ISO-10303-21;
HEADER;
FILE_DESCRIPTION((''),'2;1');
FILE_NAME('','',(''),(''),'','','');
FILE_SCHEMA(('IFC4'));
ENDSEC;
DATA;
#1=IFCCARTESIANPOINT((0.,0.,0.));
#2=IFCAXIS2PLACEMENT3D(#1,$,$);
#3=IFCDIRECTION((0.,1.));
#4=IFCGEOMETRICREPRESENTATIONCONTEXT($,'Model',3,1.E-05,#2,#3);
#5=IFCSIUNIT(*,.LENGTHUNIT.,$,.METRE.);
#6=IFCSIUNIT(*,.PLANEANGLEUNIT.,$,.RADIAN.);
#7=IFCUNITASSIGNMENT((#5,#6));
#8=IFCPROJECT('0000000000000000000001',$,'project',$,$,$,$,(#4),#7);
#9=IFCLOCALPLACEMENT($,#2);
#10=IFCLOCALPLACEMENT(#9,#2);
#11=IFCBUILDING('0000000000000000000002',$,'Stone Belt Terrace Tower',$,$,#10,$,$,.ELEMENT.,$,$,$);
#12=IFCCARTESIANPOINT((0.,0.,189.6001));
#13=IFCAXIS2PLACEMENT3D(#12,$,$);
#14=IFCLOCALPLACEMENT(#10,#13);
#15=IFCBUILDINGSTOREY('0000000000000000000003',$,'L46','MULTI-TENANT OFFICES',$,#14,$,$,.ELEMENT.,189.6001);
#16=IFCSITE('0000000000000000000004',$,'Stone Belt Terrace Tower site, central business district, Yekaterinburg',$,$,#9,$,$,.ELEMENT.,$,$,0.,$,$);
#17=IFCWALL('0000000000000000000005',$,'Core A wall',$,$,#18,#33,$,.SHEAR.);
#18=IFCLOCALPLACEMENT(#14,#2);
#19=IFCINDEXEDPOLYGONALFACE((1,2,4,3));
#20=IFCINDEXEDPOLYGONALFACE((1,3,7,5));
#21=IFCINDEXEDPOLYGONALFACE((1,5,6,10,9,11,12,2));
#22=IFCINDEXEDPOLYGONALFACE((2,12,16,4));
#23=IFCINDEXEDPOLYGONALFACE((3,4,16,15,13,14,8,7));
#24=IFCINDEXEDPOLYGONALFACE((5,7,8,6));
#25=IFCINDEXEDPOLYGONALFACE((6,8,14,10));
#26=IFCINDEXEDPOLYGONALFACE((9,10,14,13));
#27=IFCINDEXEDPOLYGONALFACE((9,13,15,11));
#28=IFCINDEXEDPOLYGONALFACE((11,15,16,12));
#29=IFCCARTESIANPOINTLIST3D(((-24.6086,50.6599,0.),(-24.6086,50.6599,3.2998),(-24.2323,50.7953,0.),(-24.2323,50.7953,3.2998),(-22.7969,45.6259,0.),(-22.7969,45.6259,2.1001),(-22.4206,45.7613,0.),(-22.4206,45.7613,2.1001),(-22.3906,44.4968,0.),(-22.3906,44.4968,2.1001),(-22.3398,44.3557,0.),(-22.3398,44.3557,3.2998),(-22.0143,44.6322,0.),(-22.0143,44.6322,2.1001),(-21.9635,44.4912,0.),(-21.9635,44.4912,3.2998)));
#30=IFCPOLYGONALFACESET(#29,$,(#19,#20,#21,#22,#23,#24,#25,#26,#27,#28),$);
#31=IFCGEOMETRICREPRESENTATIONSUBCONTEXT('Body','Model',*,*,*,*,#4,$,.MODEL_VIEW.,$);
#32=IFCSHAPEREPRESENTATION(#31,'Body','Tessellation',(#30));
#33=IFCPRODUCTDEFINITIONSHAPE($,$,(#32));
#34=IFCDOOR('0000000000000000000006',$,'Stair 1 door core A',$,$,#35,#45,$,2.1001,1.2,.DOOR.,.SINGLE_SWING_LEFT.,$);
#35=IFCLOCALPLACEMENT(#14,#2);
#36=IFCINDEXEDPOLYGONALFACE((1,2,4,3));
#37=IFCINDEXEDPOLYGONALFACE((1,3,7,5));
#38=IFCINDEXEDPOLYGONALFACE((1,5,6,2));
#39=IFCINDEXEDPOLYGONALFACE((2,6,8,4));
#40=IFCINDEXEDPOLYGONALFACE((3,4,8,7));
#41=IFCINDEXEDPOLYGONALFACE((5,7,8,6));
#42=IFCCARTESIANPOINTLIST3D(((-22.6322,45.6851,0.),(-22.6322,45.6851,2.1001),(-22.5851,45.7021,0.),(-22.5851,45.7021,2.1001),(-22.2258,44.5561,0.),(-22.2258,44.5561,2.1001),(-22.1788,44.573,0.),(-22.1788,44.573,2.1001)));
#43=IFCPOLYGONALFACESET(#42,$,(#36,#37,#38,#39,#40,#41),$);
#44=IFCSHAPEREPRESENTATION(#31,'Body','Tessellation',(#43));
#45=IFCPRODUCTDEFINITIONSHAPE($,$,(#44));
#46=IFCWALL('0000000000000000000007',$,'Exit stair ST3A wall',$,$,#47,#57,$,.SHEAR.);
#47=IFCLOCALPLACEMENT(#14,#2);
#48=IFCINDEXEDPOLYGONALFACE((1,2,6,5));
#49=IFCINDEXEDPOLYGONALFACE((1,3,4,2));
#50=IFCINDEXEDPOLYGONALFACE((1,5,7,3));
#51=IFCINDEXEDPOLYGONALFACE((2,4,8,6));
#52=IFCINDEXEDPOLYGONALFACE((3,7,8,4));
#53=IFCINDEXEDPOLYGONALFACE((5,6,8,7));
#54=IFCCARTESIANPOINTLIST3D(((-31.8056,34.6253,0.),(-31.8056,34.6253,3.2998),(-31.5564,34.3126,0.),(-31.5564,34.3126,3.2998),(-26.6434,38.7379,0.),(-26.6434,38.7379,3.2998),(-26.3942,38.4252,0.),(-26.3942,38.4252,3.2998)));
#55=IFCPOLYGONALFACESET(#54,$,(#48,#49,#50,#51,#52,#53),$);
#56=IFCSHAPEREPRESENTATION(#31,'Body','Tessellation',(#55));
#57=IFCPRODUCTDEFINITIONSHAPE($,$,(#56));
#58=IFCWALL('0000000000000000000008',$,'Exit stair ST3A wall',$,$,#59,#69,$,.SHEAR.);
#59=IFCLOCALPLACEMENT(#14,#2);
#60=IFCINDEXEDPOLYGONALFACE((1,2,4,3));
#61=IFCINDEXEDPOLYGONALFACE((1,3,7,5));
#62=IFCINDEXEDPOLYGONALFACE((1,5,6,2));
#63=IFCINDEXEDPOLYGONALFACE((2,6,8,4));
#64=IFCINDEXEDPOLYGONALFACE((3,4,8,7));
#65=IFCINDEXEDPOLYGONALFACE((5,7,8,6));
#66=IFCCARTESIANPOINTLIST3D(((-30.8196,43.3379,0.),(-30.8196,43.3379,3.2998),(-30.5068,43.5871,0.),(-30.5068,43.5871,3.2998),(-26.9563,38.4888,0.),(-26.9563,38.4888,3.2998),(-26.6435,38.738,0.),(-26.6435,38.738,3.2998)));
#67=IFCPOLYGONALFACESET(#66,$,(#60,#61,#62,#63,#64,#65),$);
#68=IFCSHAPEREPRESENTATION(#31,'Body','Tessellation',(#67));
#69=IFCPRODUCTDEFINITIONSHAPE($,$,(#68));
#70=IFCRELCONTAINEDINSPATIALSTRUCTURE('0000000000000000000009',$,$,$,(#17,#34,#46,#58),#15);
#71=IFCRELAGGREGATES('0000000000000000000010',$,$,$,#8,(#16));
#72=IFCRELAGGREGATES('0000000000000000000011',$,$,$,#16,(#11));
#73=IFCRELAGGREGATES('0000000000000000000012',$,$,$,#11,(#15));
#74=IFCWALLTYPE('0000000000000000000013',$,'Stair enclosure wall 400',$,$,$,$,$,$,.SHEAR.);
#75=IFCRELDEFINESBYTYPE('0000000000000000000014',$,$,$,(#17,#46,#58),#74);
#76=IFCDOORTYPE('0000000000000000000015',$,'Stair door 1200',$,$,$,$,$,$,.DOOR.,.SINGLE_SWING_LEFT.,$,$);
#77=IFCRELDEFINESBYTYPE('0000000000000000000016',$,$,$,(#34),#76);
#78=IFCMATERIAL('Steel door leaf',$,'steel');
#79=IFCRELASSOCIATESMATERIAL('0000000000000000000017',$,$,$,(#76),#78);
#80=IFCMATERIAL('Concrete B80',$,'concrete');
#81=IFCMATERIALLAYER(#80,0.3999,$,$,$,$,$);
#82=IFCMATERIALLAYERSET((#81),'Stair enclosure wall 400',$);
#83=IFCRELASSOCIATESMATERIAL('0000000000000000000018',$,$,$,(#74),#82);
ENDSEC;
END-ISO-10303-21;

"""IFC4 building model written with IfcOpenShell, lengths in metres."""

from ifc_helpers import new_model, si_unit, direction, frame, frame_2d, origin, place, context, subcontext, project, spatial, rectangle, extrude, material, layer, layer_set, type_object, element, fill, save


model = new_model("IFC4")

# Units and contexts
model_context = context("Model", 3, precision=1e-05, world=origin(), true_north=direction((0.0, 1.0)))
body_context = subcontext(model_context, "Body", "Model", "MODEL_VIEW")
ifc_project = project(units=[si_unit("LENGTHUNIT", "METRE"), si_unit("PLANEANGLEUNIT", "RADIAN")], contexts=[model_context])

# Site, building, storey
site_placement = place(None, origin())
site = spatial("IfcSite", under=ifc_project, at=site_placement, Name="Stone Belt Terrace Tower site, central business district, Yekaterinburg", CompositionType="ELEMENT", RefElevation=0.0)
building_placement = place(site_placement, origin())
building = spatial("IfcBuilding", under=site, at=building_placement, Name="Stone Belt Terrace Tower", CompositionType="ELEMENT")
storey_placement = place(building_placement, frame((0.0, 0.0, 189.6001)))
storey = spatial("IfcBuildingStorey", under=building, at=storey_placement, Name="L46", Description="MULTI-TENANT OFFICES", CompositionType="ELEMENT", Elevation=189.6001)

# Shared definitions
ifc_material_1 = material(Name="Concrete B80", Category="concrete")

# Shared definitions
ifc_material_2 = material(Name="Steel door leaf", Category="steel")
door_type_1 = type_object("IfcDoorType", Name="Stair door 1200", OperationType="SINGLE_SWING_LEFT", PredefinedType="DOOR", material=ifc_material_2)

# Wall, opening, door
ifc_layer_1 = layer(ifc_material_1, 0.3999)
ifc_layer_set_1 = layer_set([ifc_layer_1], Name="Stair enclosure wall 400")
wall_type_1 = type_object("IfcWallType", Name="Stair enclosure wall 400", PredefinedType="SHEAR", material=ifc_layer_set_1)
wall_1_placement = place(storey_placement, frame((-22.1516, 44.4233, 0.0), z_axis=(0.0, 0.0, 1.0), x_axis=(-0.338625, 0.940921, 0.0)))
wall_1 = element("IfcWall", 1, at=wall_1_placement, inside=storey, type_object=wall_type_1, Name="Core A wall", PredefinedType="SHEAR", context=body_context, shape_type="SweptSolid", body=[
    extrude(rectangle(XDim=6.7, YDim=0.3999, at=frame_2d((3.3501, 0.0))), origin(), (0.0, 0.0, 1.0), 3.2998),
])
opening_1_placement = place(wall_1_placement, frame((0.1499, 0.0, 0.0)))
opening_1 = element("IfcOpeningElement", 2, at=opening_1_placement, cuts=wall_1, PredefinedType="OPENING", context=body_context, shape_type="SweptSolid", body=[
    extrude(rectangle(XDim=1.2, YDim=2.1001, at=frame_2d((0.6001, 1.05))), frame((0.0, 0.21, 0.0), z_axis=(0.0, -1.0, 0.0), x_axis=(1.0, 0.0, 0.0)), (0.0, 0.0, 1.0), 0.4199),
])
door_1_placement = place(opening_1_placement, origin())
door_1 = element("IfcDoor", 3, at=door_1_placement, inside=storey, type_object=door_type_1, Name="Stair 1 door core A", OperationType="SINGLE_SWING_LEFT", OverallHeight=2.1001, OverallWidth=1.2, PredefinedType="DOOR", context=body_context, shape_type="SweptSolid", body=[
    extrude(rectangle(XDim=1.2, YDim=2.1001, at=frame_2d((0.6001, 1.05))), frame((0.0, 0.0249, 0.0), z_axis=(0.0, -1.0, 0.0), x_axis=(1.0, 0.0, 0.0)), (0.0, 0.0, 1.0), 0.05),
])
fill(opening_1, door_1)

# Walls
wall_2_placement = place(storey_placement, frame((-26.5188, 38.5815, 0.0), z_axis=(0.0, 0.0, 1.0), x_axis=(-0.782134, -0.62311, 0.0)))
element("IfcWall", 4, at=wall_2_placement, inside=storey, type_object=wall_type_1, Name="Exit stair ST3A wall", PredefinedType="SHEAR", context=body_context, shape_type="SweptSolid", body=[
    extrude(rectangle(XDim=6.6001, YDim=0.3999, at=frame_2d((3.3, 0.0))), origin(), (0.0, 0.0, 1.0), 3.2998),
])
wall_3_placement = place(storey_placement, frame((-26.7998, 38.6133, 0.0), z_axis=(0.0, 0.0, 1.0), x_axis=(-0.623119, 0.782127, 0.0)))
element("IfcWall", 5, at=wall_3_placement, inside=storey, type_object=wall_type_1, Name="Exit stair ST3A wall", PredefinedType="SHEAR", context=body_context, shape_type="SweptSolid", body=[
    extrude(rectangle(XDim=6.2, YDim=0.3999, at=frame_2d((3.1001, 0.0))), origin(), (0.0, 0.0, 1.0), 3.2998),
])

save(model, "model.ifc")
